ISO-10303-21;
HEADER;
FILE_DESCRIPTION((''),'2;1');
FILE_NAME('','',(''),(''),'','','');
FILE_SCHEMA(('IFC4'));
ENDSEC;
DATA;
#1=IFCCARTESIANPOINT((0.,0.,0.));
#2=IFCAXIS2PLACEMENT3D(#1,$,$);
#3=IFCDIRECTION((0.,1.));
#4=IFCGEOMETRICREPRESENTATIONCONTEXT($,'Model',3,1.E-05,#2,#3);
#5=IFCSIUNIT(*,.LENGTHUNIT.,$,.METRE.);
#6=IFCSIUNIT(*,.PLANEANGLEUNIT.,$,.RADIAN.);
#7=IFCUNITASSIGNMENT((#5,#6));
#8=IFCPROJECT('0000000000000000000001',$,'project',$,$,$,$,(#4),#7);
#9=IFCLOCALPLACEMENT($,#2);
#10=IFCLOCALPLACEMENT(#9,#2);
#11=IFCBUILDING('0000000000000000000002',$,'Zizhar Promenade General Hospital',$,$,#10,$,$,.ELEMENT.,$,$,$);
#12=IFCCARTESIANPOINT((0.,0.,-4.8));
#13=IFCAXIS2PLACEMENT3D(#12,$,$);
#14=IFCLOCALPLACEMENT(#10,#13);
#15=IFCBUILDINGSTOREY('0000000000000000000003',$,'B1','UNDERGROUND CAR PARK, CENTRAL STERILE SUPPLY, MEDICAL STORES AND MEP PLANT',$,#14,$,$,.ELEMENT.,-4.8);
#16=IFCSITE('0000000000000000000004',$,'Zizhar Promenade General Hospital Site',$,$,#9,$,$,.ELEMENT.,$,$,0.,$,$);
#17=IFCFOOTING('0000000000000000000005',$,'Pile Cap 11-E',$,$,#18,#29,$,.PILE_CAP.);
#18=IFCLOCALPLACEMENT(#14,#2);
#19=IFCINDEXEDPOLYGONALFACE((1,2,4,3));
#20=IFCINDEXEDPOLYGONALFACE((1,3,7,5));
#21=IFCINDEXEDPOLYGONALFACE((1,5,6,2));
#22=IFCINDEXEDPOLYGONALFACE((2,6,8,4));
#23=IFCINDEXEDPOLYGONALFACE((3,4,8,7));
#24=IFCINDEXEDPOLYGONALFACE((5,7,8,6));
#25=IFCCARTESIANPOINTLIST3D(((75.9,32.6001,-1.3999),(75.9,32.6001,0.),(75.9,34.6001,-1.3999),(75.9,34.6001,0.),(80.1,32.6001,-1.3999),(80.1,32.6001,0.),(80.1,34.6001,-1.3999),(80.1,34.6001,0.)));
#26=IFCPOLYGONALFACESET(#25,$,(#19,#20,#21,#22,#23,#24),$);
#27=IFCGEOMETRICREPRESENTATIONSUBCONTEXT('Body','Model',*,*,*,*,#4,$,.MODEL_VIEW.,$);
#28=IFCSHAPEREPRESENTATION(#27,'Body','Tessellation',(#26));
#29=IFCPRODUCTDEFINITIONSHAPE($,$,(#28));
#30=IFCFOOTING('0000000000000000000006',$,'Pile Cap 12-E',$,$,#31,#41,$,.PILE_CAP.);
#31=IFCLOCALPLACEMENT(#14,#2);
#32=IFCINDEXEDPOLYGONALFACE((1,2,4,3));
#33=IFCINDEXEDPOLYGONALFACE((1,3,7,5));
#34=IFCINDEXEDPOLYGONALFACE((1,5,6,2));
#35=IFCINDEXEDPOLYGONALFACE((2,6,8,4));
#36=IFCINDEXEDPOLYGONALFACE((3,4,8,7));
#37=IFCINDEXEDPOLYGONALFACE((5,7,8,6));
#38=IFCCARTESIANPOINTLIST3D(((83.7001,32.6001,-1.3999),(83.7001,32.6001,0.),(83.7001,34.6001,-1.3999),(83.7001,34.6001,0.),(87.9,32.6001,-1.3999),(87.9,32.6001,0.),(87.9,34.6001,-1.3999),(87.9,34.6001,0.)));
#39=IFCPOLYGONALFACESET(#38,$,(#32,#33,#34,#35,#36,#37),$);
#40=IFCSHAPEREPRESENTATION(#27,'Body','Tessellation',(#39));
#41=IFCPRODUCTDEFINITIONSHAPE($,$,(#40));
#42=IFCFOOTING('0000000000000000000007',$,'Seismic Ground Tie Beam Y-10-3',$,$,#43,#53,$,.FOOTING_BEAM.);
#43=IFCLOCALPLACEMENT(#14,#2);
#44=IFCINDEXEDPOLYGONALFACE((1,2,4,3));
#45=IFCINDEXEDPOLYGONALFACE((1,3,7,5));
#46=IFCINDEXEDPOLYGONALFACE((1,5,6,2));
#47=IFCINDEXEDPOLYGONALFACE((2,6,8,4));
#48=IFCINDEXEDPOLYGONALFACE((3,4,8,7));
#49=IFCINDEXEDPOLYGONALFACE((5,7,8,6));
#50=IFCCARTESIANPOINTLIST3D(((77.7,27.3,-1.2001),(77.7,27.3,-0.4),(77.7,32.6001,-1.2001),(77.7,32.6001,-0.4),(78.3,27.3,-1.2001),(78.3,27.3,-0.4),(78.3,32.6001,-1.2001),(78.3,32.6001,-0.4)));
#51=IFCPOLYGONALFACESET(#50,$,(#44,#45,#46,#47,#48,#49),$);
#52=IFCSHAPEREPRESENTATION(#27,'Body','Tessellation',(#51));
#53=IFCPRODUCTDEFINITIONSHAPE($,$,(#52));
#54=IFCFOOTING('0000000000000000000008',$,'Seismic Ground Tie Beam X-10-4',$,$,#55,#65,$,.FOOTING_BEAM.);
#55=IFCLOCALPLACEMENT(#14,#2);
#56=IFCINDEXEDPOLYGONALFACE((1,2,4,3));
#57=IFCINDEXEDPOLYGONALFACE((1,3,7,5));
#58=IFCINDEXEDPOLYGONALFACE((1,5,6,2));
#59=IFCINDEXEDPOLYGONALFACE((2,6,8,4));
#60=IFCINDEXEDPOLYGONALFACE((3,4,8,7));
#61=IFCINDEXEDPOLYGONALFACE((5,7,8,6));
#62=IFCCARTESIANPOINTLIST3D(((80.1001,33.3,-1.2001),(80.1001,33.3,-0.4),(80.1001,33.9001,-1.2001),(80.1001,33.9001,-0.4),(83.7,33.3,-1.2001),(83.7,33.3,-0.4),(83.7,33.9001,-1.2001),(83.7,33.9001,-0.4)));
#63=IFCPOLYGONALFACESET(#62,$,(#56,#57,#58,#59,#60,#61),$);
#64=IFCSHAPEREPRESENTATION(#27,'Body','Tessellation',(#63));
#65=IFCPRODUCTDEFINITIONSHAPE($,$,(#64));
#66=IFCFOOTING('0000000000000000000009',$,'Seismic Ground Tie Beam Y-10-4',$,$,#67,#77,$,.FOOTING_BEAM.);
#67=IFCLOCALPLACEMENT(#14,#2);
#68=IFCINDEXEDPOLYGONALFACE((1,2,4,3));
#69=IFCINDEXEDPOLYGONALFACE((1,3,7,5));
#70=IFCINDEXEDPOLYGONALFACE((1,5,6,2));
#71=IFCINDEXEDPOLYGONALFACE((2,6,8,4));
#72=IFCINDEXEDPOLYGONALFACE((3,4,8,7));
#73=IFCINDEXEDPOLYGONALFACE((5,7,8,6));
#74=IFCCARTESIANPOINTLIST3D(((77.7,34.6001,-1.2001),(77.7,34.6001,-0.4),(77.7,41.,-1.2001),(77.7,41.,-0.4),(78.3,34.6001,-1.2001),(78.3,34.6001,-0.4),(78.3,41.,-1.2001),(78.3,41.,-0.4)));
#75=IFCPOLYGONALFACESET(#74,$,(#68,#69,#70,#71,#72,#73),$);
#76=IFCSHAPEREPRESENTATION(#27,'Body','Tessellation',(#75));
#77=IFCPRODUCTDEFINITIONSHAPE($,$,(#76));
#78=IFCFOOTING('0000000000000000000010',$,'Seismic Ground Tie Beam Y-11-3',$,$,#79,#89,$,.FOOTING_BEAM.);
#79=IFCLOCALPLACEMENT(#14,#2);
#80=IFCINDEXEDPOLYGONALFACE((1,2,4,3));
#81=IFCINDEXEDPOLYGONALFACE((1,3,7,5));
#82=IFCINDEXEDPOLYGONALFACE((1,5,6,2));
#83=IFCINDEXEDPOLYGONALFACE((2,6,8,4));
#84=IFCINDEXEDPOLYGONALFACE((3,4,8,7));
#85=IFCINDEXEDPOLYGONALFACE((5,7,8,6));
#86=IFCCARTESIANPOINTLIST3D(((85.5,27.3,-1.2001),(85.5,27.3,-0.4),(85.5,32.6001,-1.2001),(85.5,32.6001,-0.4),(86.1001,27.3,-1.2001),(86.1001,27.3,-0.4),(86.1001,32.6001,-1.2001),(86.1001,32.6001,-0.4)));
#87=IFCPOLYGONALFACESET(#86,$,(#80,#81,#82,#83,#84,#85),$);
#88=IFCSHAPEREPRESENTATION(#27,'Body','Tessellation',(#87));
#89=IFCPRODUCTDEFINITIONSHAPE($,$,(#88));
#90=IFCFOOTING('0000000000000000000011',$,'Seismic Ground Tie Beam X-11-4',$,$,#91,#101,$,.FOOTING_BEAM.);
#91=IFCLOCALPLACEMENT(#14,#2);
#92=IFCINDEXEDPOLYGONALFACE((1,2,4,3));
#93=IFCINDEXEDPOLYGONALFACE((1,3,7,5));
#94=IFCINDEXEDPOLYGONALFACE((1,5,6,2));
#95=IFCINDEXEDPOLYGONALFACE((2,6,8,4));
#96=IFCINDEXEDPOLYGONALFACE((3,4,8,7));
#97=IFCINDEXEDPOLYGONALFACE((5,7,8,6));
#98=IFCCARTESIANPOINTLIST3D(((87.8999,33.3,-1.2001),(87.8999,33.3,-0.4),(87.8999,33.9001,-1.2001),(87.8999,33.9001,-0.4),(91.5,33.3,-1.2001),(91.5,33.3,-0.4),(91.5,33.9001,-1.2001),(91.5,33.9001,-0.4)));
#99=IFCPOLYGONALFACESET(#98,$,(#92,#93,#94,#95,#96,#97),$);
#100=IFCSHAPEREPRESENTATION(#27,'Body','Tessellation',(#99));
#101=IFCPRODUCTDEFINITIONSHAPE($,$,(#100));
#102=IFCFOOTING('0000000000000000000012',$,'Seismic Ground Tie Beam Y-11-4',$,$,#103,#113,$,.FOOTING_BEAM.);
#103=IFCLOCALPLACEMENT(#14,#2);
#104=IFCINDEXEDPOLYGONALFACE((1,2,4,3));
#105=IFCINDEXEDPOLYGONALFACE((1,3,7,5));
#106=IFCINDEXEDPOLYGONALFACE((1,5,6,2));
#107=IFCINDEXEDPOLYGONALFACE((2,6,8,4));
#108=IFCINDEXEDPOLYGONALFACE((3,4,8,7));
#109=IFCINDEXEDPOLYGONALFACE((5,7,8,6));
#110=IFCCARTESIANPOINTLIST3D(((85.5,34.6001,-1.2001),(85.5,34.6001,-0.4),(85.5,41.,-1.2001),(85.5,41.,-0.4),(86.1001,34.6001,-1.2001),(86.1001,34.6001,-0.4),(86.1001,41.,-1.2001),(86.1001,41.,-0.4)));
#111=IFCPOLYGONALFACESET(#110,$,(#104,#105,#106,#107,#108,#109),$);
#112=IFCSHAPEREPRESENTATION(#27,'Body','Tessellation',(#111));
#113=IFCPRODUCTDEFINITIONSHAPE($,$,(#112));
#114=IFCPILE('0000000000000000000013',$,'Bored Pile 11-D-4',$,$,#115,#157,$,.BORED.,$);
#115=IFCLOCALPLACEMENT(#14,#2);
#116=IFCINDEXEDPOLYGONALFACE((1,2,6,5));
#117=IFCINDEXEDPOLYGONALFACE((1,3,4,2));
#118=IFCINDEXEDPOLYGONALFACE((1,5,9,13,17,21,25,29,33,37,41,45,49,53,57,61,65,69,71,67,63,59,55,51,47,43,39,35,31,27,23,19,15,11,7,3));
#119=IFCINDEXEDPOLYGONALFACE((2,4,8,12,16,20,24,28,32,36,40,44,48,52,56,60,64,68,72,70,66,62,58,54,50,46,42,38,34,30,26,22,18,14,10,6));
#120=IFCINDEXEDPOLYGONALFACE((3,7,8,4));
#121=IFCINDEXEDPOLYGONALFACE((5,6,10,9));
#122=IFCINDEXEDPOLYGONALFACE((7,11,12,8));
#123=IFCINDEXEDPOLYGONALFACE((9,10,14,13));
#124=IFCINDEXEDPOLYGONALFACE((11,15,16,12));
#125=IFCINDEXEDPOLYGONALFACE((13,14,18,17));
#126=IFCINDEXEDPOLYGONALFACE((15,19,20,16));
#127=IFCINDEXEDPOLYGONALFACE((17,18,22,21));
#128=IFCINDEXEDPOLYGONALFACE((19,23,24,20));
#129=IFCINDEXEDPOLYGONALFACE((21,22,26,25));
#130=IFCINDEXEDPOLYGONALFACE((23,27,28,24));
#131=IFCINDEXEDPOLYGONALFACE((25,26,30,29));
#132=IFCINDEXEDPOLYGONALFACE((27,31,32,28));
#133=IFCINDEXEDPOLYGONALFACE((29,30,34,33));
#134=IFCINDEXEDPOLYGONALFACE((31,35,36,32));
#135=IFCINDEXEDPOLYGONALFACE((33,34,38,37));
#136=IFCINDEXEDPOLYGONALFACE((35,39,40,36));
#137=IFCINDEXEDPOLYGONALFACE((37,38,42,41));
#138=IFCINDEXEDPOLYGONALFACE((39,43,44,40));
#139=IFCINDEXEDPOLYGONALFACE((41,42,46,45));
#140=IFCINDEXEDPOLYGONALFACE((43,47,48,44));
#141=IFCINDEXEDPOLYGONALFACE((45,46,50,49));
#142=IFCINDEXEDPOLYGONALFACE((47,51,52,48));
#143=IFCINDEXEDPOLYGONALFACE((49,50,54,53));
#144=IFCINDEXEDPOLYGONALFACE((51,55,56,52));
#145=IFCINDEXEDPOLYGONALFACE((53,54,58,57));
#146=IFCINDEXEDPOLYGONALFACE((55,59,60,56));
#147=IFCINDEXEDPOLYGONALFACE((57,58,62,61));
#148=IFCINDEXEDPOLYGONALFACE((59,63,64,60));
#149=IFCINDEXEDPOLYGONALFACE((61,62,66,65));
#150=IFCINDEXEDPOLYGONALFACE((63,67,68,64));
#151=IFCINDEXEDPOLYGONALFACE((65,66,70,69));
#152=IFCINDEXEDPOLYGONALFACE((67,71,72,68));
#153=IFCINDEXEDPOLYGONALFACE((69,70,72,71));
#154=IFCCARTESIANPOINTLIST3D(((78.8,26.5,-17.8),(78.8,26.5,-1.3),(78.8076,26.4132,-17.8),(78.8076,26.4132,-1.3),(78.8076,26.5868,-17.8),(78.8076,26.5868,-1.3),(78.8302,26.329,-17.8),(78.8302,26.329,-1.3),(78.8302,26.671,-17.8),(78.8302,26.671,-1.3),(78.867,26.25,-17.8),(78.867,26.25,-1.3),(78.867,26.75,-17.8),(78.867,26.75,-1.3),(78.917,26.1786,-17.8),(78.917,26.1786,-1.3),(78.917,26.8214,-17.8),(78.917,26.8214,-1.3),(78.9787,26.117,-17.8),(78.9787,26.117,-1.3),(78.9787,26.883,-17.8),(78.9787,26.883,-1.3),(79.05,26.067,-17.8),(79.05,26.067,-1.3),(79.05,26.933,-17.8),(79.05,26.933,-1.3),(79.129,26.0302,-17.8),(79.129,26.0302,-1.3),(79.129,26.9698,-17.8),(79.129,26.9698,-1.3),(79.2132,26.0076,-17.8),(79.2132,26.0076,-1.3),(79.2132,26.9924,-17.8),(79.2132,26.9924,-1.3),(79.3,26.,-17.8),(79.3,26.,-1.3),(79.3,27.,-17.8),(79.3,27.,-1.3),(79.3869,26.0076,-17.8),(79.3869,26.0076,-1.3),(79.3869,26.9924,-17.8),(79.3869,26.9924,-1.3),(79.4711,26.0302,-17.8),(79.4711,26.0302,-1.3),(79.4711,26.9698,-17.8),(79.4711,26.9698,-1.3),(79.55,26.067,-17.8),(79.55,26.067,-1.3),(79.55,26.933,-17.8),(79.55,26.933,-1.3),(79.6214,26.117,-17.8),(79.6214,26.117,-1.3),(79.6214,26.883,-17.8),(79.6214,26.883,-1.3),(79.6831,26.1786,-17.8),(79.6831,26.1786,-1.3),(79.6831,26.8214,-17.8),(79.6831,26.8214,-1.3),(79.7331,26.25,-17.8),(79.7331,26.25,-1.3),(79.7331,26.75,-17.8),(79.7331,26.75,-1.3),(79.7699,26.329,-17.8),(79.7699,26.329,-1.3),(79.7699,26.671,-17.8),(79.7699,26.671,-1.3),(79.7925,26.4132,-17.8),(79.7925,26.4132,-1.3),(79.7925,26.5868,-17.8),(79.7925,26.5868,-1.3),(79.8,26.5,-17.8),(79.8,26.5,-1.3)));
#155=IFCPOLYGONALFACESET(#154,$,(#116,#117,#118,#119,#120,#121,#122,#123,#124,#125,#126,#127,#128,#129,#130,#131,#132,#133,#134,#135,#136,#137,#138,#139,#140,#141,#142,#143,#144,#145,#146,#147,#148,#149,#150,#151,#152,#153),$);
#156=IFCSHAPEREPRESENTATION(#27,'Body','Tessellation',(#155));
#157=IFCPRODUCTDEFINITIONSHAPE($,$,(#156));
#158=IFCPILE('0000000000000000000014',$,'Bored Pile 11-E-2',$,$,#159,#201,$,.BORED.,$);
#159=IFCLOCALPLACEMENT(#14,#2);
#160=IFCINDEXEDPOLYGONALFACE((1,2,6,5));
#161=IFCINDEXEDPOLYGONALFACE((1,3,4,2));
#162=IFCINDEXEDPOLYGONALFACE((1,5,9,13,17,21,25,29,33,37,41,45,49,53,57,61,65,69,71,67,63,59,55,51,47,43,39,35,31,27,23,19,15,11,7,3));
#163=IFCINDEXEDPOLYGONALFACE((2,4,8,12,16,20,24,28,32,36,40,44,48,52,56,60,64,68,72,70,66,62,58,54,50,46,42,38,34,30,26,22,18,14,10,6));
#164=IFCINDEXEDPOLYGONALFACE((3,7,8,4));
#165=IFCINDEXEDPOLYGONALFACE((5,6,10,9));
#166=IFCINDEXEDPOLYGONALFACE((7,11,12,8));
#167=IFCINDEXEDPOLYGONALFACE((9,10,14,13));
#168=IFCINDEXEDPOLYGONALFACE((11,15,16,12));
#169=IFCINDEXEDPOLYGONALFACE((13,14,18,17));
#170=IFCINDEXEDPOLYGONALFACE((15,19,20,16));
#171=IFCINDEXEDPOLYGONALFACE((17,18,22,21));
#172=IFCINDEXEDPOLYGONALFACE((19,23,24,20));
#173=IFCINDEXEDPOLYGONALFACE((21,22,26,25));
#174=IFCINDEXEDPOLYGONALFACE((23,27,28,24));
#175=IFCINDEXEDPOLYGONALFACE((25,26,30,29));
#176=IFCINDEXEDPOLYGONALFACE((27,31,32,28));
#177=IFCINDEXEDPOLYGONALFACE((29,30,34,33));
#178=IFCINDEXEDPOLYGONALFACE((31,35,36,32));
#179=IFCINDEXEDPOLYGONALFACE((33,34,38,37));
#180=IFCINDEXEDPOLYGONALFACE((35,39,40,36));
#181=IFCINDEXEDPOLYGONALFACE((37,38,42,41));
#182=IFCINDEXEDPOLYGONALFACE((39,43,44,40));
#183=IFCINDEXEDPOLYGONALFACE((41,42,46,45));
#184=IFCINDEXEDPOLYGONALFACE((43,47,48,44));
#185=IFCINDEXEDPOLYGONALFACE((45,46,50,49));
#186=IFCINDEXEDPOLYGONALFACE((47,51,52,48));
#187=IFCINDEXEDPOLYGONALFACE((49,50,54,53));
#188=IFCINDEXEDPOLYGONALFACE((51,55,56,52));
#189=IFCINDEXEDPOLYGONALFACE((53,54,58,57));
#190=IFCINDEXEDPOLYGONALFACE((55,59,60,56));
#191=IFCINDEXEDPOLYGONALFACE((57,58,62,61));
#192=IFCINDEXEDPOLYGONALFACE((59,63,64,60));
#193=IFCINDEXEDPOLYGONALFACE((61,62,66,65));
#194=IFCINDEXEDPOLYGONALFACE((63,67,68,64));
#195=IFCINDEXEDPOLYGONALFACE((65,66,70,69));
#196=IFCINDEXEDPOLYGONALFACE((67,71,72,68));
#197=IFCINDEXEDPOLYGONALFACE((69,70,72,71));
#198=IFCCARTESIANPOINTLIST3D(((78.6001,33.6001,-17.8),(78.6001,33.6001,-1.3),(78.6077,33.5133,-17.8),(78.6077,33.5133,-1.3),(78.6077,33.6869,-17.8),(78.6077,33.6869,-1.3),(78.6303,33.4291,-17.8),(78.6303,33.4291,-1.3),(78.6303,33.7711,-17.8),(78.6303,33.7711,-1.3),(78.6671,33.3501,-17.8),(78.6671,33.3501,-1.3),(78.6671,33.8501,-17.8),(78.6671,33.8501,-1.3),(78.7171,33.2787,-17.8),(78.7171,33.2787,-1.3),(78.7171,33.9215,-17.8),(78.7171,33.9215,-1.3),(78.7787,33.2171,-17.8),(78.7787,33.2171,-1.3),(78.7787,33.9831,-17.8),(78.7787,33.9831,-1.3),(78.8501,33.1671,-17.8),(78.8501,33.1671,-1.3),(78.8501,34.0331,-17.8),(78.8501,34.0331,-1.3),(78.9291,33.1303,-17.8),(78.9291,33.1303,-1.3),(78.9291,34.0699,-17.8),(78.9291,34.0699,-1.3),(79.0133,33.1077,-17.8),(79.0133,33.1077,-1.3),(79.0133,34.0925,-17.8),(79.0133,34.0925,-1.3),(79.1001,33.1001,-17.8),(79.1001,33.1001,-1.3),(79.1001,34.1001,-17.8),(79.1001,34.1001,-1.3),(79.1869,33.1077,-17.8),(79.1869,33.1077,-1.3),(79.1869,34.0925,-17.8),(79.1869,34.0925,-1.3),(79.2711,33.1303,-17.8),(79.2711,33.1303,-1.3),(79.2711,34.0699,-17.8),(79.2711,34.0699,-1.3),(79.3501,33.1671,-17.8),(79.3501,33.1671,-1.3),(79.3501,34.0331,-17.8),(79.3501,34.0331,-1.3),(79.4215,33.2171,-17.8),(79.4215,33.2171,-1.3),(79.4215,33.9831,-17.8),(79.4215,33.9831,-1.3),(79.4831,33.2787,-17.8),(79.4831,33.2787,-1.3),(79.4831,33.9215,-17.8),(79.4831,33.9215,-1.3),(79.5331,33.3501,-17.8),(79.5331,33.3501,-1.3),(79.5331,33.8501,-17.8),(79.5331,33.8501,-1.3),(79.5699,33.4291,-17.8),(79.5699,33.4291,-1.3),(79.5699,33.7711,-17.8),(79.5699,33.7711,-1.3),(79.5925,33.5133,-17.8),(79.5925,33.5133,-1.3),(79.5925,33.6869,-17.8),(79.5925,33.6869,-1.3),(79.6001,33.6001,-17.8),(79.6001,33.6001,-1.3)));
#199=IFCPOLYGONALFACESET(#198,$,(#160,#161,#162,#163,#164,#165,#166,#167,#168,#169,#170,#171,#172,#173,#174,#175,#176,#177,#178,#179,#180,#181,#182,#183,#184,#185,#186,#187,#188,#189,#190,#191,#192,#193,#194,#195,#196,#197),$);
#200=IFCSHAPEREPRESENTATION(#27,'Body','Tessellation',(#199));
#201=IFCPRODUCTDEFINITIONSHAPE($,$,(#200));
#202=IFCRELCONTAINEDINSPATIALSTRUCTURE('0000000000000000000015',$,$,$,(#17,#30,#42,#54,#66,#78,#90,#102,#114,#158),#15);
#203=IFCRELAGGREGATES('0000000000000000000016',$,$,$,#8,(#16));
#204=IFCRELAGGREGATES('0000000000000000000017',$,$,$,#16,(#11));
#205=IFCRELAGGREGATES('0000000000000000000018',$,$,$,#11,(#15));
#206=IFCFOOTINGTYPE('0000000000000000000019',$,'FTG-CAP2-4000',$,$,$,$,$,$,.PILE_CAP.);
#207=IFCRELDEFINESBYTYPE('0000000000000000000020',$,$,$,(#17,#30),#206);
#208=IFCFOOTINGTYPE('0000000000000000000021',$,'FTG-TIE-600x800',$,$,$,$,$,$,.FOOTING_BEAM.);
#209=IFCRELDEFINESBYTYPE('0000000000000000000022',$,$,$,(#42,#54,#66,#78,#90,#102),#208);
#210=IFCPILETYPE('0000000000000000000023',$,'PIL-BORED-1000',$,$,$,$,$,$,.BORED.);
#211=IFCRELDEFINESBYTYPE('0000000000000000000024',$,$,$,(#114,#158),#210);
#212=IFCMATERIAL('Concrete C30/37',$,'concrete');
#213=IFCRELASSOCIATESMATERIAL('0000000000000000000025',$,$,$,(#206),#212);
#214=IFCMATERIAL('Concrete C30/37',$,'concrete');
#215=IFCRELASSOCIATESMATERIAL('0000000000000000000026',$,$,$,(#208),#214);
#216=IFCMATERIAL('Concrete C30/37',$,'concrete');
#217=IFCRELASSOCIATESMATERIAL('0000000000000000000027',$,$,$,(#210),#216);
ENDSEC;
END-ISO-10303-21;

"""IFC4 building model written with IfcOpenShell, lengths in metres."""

from ifc_helpers import new_model, si_unit, direction, frame, origin, origin_2d, place, context, subcontext, project, spatial, rectangle, circle, extrude, material, material_profile, profile_set, type_object, element, save


model = new_model("IFC4")

# Units and contexts
model_context = context("Model", 3, precision=1e-05, world=origin(), true_north=direction((0.0, 1.0)))
body_context = subcontext(model_context, "Body", "Model", "MODEL_VIEW")
ifc_project = project(units=[si_unit("LENGTHUNIT", "METRE"), si_unit("PLANEANGLEUNIT", "RADIAN")], contexts=[model_context])

# Site, building, storey
site_placement = place(None, origin())
site = spatial("IfcSite", under=ifc_project, at=site_placement, Name="Zizhar Promenade General Hospital Site", CompositionType="ELEMENT", RefElevation=0.0)
building_placement = place(site_placement, origin())
building = spatial("IfcBuilding", under=site, at=building_placement, Name="Zizhar Promenade General Hospital", CompositionType="ELEMENT")
storey_placement = place(building_placement, frame((0.0, 0.0, -4.8)))
storey = spatial("IfcBuildingStorey", under=building, at=storey_placement, Name="B1", Description="UNDERGROUND CAR PARK, CENTRAL STERILE SUPPLY, MEDICAL STORES AND MEP PLANT", CompositionType="ELEMENT", Elevation=-4.8)

# Footings
ifc_material_1 = material(Name="Concrete C30/37", Category="concrete")
footing_type_1 = type_object("IfcFootingType", Name="FTG-CAP2-4000", PredefinedType="PILE_CAP", material=ifc_material_1)
for number, where, z_axis, x_axis, name in (
    (1, (78.0, 33.6001, -1.3999), (0.0, 0.0, 1.0), (1.0, 0.0, 0.0), "Pile Cap 11-E"),
    (2, (85.8, 33.6001, -1.3999), (0.0, 0.0, 1.0), (1.0, 0.0, 0.0), "Pile Cap 12-E"),
):
    element("IfcFooting", number, at=place(storey_placement, frame(where, z_axis=z_axis, x_axis=x_axis)), inside=storey, type_object=footing_type_1, Name=name, PredefinedType="PILE_CAP", context=body_context, shape_type="SweptSolid", body=[
        extrude(rectangle(XDim=4.2, YDim=2.0, at=origin_2d()), origin(), (0.0, 0.0, 1.0), 1.3999),
    ])
ifc_material_2 = material(Name="Concrete C30/37", Category="concrete")
ifc_material_profile_1 = material_profile(ifc_material_2, rectangle(XDim=0.6001, YDim=0.8, at=origin_2d()))
ifc_profile_set_1 = profile_set([ifc_material_profile_1], Name="Concrete C30/37")
footing_type_2 = type_object("IfcFootingType", Name="FTG-TIE-600x800", PredefinedType="FOOTING_BEAM", material=ifc_profile_set_1)
footing_1_placement = place(storey_placement, frame((78.0, 27.3, -0.8), z_axis=(0.0, 1.0, 0.0), x_axis=(-1.0, 0.0, 0.0)))
element("IfcFooting", 3, at=footing_1_placement, inside=storey, type_object=footing_type_2, Name="Seismic Ground Tie Beam Y-10-3", PredefinedType="FOOTING_BEAM", context=body_context, shape_type="SweptSolid", body=[
    extrude(rectangle(XDim=0.6001, YDim=0.8, at=origin_2d()), origin(), (0.0, 0.0, 1.0), 5.3),
])
footing_2_placement = place(storey_placement, frame((80.1001, 33.6001, -0.8), z_axis=(1.0, 0.0, 0.0), x_axis=(0.0, 1.0, 0.0)))
element("IfcFooting", 4, at=footing_2_placement, inside=storey, type_object=footing_type_2, Name="Seismic Ground Tie Beam X-10-4", PredefinedType="FOOTING_BEAM", context=body_context, shape_type="SweptSolid", body=[
    extrude(rectangle(XDim=0.6001, YDim=0.8, at=origin_2d()), origin(), (0.0, 0.0, 1.0), 3.5999),
])
footing_3_placement = place(storey_placement, frame((78.0, 34.6001, -0.8), z_axis=(0.0, 1.0, 0.0), x_axis=(-1.0, 0.0, 0.0)))
element("IfcFooting", 5, at=footing_3_placement, inside=storey, type_object=footing_type_2, Name="Seismic Ground Tie Beam Y-10-4", PredefinedType="FOOTING_BEAM", context=body_context, shape_type="SweptSolid", body=[
    extrude(rectangle(XDim=0.6001, YDim=0.8, at=origin_2d()), origin(), (0.0, 0.0, 1.0), 6.3999),
])
footing_4_placement = place(storey_placement, frame((85.8, 27.3, -0.8), z_axis=(0.0, 1.0, 0.0), x_axis=(-1.0, 0.0, 0.0)))
element("IfcFooting", 6, at=footing_4_placement, inside=storey, type_object=footing_type_2, Name="Seismic Ground Tie Beam Y-11-3", PredefinedType="FOOTING_BEAM", context=body_context, shape_type="SweptSolid", body=[
    extrude(rectangle(XDim=0.6001, YDim=0.8, at=origin_2d()), origin(), (0.0, 0.0, 1.0), 5.3),
])
footing_5_placement = place(storey_placement, frame((87.8999, 33.6001, -0.8), z_axis=(1.0, 0.0, 0.0), x_axis=(0.0, 1.0, 0.0)))
element("IfcFooting", 7, at=footing_5_placement, inside=storey, type_object=footing_type_2, Name="Seismic Ground Tie Beam X-11-4", PredefinedType="FOOTING_BEAM", context=body_context, shape_type="SweptSolid", body=[
    extrude(rectangle(XDim=0.6001, YDim=0.8, at=origin_2d()), origin(), (0.0, 0.0, 1.0), 3.6001),
])
footing_6_placement = place(storey_placement, frame((85.8, 34.6001, -0.8), z_axis=(0.0, 1.0, 0.0), x_axis=(-1.0, 0.0, 0.0)))
element("IfcFooting", 8, at=footing_6_placement, inside=storey, type_object=footing_type_2, Name="Seismic Ground Tie Beam Y-11-4", PredefinedType="FOOTING_BEAM", context=body_context, shape_type="SweptSolid", body=[
    extrude(rectangle(XDim=0.6001, YDim=0.8, at=origin_2d()), origin(), (0.0, 0.0, 1.0), 6.3999),
])

# Piles
ifc_material_3 = material(Name="Concrete C30/37", Category="concrete")
ifc_material_profile_2 = material_profile(ifc_material_3, circle(Radius=0.5, at=origin_2d()))
ifc_profile_set_2 = profile_set([ifc_material_profile_2], Name="Concrete C30/37")
pile_type = type_object("IfcPileType", Name="PIL-BORED-1000", PredefinedType="BORED", material=ifc_profile_set_2)
for number, where, z_axis, x_axis, name in (
    (9, (79.3, 26.5, -1.3), (0.0, 0.0, -1.0), (1.0, 0.0, 0.0), "Bored Pile 11-D-4"),
    (10, (79.1001, 33.6001, -1.3), (0.0, 0.0, -1.0), (1.0, 0.0, 0.0), "Bored Pile 11-E-2"),
):
    element("IfcPile", number, at=place(storey_placement, frame(where, z_axis=z_axis, x_axis=x_axis)), inside=storey, type_object=pile_type, Name=name, PredefinedType="BORED", context=body_context, shape_type="SweptSolid", body=[
        extrude(circle(Radius=0.5, at=origin_2d()), origin(), (0.0, 0.0, 1.0), 16.5),
    ])

save(model, "model.ifc")
